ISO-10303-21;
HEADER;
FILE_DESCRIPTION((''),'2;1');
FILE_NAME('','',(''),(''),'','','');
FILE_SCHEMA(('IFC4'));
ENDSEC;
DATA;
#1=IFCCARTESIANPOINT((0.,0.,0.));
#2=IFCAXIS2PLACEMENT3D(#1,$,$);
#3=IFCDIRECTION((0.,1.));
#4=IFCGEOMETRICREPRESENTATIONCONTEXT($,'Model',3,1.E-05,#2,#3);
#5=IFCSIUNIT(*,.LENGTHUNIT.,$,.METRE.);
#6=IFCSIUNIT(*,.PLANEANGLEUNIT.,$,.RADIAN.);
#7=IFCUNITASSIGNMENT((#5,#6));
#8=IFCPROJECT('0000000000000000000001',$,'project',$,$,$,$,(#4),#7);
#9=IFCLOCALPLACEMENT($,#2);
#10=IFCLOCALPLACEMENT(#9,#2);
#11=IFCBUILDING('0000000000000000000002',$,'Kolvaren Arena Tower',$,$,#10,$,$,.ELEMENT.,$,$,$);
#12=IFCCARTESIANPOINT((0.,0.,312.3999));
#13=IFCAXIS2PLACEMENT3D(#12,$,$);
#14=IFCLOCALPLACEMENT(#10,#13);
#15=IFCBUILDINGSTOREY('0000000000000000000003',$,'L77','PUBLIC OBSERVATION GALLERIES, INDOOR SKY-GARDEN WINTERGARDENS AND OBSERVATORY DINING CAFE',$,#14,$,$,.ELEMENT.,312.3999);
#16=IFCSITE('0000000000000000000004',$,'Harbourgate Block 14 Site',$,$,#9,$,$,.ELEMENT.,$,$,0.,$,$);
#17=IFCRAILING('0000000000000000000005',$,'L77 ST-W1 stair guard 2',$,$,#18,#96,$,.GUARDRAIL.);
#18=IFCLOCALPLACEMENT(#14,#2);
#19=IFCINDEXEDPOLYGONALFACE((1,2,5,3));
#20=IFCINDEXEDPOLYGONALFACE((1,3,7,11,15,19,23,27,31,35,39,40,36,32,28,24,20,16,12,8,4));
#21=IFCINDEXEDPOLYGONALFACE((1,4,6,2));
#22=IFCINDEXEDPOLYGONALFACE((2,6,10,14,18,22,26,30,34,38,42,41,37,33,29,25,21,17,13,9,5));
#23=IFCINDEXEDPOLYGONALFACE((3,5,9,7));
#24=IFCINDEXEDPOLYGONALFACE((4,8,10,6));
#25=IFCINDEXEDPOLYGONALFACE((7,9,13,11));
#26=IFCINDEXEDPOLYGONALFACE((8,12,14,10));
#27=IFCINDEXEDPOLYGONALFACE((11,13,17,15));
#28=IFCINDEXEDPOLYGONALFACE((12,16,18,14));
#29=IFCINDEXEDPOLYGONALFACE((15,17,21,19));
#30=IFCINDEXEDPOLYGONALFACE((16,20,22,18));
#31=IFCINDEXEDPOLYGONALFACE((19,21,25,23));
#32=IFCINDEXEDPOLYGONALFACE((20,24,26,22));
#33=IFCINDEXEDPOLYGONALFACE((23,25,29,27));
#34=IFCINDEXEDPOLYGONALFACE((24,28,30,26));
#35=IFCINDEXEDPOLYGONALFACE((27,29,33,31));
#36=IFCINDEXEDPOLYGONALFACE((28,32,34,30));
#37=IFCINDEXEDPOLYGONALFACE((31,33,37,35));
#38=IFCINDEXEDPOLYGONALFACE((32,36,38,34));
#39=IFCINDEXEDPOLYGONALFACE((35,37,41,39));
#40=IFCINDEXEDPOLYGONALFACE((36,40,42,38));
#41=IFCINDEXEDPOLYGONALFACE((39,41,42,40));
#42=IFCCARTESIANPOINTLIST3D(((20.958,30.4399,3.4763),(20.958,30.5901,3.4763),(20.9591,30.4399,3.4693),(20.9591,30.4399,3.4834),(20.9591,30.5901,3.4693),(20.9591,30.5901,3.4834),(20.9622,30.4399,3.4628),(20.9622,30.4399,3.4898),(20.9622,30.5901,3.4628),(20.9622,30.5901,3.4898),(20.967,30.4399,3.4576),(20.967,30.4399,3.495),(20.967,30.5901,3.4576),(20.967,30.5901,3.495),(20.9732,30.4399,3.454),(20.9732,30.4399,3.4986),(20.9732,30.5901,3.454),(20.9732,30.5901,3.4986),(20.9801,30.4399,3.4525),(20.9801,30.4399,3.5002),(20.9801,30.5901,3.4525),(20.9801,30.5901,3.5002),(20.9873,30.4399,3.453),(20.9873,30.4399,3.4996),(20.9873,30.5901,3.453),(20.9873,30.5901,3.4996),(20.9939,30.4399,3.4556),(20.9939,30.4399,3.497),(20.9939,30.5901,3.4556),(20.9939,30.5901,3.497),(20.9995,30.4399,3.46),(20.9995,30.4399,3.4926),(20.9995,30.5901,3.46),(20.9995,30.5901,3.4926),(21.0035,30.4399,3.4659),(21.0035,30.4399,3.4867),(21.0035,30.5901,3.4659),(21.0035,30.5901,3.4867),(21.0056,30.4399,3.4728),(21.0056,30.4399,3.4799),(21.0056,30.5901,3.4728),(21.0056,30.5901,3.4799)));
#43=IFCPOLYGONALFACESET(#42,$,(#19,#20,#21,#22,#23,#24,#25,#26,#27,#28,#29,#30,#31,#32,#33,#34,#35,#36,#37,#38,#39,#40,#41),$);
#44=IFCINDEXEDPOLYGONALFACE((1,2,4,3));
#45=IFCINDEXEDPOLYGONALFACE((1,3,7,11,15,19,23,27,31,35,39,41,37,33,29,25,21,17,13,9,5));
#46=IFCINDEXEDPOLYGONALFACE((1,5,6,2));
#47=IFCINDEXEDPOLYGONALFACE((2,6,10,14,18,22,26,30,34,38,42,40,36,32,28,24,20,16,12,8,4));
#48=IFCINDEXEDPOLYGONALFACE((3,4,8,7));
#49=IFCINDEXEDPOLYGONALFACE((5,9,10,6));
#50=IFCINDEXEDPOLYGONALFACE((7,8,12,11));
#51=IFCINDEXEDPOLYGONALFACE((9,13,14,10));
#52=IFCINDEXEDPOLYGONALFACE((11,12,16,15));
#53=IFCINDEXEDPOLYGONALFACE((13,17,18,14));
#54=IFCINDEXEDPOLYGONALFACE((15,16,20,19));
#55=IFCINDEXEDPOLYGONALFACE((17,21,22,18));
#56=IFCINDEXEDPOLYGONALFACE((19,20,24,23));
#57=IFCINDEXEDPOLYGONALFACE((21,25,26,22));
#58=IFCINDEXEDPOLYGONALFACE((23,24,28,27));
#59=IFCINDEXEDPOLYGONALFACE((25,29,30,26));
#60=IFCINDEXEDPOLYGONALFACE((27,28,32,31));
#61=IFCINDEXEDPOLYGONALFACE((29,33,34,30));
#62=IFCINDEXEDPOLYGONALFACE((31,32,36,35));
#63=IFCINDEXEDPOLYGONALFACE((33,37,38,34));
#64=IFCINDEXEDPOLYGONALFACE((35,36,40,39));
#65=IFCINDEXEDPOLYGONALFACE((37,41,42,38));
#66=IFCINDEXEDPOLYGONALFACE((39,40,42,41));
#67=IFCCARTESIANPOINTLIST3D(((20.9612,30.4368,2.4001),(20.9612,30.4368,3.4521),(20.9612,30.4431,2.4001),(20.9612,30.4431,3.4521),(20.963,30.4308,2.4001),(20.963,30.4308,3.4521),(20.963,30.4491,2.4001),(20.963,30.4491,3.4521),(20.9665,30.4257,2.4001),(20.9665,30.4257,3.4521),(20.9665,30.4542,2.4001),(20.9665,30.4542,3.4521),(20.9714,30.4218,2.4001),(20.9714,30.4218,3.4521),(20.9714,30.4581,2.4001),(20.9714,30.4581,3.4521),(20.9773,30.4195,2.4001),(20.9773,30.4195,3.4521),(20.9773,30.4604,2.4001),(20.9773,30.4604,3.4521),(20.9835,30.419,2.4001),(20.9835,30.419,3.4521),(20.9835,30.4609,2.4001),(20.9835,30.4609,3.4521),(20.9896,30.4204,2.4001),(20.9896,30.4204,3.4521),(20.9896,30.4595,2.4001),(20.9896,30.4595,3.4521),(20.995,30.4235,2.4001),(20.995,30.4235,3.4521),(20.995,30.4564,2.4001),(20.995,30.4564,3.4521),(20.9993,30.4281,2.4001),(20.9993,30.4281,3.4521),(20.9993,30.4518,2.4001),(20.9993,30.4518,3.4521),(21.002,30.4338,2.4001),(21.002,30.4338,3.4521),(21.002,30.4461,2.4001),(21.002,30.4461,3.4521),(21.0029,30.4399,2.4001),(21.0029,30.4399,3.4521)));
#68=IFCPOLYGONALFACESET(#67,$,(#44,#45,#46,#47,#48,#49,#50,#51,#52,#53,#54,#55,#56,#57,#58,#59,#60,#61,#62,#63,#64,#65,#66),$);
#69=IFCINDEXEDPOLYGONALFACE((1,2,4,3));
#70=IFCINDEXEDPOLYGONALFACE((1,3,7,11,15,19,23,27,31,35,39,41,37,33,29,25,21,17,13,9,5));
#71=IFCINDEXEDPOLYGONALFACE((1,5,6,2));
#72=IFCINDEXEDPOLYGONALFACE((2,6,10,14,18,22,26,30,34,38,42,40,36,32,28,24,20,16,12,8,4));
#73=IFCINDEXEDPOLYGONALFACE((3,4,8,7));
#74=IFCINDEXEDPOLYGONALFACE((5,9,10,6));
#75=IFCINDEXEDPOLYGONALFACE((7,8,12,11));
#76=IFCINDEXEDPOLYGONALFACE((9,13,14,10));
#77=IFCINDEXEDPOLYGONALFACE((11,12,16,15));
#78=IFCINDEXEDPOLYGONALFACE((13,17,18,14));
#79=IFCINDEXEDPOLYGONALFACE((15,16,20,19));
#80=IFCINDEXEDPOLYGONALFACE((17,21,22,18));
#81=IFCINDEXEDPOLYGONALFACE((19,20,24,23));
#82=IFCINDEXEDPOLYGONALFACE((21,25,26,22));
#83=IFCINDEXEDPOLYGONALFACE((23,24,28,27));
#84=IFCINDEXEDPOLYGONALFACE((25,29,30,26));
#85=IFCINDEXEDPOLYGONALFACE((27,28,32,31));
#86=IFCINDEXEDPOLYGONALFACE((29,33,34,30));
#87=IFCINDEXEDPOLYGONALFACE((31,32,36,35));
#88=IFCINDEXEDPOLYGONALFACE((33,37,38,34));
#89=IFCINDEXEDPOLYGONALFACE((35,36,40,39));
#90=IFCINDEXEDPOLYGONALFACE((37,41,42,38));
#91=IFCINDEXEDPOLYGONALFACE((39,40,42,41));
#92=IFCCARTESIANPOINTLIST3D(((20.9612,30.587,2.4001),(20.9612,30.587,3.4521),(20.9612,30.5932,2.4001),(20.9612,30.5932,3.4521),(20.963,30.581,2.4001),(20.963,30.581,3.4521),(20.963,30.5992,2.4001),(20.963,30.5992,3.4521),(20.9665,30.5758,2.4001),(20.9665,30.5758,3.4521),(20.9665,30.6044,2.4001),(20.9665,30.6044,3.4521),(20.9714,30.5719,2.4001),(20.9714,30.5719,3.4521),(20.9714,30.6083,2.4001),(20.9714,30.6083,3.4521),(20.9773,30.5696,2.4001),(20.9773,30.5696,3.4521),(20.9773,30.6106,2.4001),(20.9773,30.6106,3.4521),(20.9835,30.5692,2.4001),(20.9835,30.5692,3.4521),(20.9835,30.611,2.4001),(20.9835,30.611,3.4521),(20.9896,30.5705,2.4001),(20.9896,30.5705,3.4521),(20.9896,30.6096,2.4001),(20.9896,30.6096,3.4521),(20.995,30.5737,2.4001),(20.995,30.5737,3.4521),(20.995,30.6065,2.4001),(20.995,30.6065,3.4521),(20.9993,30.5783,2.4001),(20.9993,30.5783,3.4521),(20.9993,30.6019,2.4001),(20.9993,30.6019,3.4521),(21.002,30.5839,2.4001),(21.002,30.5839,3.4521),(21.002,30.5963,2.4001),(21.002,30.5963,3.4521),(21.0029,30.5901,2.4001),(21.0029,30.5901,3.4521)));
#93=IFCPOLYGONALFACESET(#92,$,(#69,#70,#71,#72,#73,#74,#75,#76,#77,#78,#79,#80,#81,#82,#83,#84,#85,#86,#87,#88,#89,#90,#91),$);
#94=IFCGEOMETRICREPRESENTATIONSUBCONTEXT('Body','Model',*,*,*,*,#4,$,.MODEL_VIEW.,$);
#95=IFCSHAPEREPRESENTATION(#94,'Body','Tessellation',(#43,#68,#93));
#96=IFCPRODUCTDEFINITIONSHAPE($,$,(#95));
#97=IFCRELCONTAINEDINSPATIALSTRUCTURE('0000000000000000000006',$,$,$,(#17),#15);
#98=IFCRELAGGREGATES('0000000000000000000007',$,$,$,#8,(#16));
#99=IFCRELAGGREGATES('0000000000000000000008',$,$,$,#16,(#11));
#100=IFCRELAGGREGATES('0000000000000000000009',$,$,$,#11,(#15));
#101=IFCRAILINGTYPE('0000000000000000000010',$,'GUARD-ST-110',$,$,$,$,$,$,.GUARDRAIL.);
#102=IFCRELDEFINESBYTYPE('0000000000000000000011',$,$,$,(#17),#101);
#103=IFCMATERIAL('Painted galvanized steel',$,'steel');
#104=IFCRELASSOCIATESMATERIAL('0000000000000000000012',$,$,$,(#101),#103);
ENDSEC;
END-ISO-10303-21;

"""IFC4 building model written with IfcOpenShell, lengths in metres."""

from ifc_helpers import new_model, si_unit, direction, frame, origin, origin_2d, place, context, subcontext, project, spatial, circle, extrude, material, type_object, element, save


model = new_model("IFC4")

# Units and contexts
model_context = context("Model", 3, precision=1e-05, world=origin(), true_north=direction((0.0, 1.0)))
body_context = subcontext(model_context, "Body", "Model", "MODEL_VIEW")
ifc_project = project(units=[si_unit("LENGTHUNIT", "METRE"), si_unit("PLANEANGLEUNIT", "RADIAN")], contexts=[model_context])

# Site, building, storey
site_placement = place(None, origin())
site = spatial("IfcSite", under=ifc_project, at=site_placement, Name="Harbourgate Block 14 Site", CompositionType="ELEMENT", RefElevation=0.0)
building_placement = place(site_placement, origin())
building = spatial("IfcBuilding", under=site, at=building_placement, Name="Kolvaren Arena Tower", CompositionType="ELEMENT")
storey_placement = place(building_placement, frame((0.0, 0.0, 312.3999)))
storey = spatial("IfcBuildingStorey", under=building, at=storey_placement, Name="L77", Description="PUBLIC OBSERVATION GALLERIES, INDOOR SKY-GARDEN WINTERGARDENS AND OBSERVATORY DINING CAFE", CompositionType="ELEMENT", Elevation=312.3999)

# Railing
ifc_material_1 = material(Name="Painted galvanized steel", Category="steel")
railing_type_1 = type_object("IfcRailingType", Name="GUARD-ST-110", PredefinedType="GUARDRAIL", material=ifc_material_1)
railing_1_placement = place(storey_placement, frame((20.9819, 30.4399, 2.4001)))
element("IfcRailing", 1, at=railing_1_placement, inside=storey, type_object=railing_type_1, Name="L77 ST-W1 stair guard 2", PredefinedType="GUARDRAIL", context=body_context, shape_type="SweptSolid", body=[
    extrude(circle(Radius=0.0239, at=origin_2d()), frame((0.0, 0.0, 1.0762), z_axis=(0.0, 1.0, 0.0), x_axis=(-1.0, 0.0, 0.0)), (0.0, 0.0, 1.0), 0.1501),
    extrude(circle(Radius=0.021, at=origin_2d()), origin(), (0.0, 0.0, 1.0), 1.052),
    extrude(circle(Radius=0.021, at=origin_2d()), frame((0.0, 0.1501, 0.0)), (0.0, 0.0, 1.0), 1.052),
])

save(model, "model.ifc")
